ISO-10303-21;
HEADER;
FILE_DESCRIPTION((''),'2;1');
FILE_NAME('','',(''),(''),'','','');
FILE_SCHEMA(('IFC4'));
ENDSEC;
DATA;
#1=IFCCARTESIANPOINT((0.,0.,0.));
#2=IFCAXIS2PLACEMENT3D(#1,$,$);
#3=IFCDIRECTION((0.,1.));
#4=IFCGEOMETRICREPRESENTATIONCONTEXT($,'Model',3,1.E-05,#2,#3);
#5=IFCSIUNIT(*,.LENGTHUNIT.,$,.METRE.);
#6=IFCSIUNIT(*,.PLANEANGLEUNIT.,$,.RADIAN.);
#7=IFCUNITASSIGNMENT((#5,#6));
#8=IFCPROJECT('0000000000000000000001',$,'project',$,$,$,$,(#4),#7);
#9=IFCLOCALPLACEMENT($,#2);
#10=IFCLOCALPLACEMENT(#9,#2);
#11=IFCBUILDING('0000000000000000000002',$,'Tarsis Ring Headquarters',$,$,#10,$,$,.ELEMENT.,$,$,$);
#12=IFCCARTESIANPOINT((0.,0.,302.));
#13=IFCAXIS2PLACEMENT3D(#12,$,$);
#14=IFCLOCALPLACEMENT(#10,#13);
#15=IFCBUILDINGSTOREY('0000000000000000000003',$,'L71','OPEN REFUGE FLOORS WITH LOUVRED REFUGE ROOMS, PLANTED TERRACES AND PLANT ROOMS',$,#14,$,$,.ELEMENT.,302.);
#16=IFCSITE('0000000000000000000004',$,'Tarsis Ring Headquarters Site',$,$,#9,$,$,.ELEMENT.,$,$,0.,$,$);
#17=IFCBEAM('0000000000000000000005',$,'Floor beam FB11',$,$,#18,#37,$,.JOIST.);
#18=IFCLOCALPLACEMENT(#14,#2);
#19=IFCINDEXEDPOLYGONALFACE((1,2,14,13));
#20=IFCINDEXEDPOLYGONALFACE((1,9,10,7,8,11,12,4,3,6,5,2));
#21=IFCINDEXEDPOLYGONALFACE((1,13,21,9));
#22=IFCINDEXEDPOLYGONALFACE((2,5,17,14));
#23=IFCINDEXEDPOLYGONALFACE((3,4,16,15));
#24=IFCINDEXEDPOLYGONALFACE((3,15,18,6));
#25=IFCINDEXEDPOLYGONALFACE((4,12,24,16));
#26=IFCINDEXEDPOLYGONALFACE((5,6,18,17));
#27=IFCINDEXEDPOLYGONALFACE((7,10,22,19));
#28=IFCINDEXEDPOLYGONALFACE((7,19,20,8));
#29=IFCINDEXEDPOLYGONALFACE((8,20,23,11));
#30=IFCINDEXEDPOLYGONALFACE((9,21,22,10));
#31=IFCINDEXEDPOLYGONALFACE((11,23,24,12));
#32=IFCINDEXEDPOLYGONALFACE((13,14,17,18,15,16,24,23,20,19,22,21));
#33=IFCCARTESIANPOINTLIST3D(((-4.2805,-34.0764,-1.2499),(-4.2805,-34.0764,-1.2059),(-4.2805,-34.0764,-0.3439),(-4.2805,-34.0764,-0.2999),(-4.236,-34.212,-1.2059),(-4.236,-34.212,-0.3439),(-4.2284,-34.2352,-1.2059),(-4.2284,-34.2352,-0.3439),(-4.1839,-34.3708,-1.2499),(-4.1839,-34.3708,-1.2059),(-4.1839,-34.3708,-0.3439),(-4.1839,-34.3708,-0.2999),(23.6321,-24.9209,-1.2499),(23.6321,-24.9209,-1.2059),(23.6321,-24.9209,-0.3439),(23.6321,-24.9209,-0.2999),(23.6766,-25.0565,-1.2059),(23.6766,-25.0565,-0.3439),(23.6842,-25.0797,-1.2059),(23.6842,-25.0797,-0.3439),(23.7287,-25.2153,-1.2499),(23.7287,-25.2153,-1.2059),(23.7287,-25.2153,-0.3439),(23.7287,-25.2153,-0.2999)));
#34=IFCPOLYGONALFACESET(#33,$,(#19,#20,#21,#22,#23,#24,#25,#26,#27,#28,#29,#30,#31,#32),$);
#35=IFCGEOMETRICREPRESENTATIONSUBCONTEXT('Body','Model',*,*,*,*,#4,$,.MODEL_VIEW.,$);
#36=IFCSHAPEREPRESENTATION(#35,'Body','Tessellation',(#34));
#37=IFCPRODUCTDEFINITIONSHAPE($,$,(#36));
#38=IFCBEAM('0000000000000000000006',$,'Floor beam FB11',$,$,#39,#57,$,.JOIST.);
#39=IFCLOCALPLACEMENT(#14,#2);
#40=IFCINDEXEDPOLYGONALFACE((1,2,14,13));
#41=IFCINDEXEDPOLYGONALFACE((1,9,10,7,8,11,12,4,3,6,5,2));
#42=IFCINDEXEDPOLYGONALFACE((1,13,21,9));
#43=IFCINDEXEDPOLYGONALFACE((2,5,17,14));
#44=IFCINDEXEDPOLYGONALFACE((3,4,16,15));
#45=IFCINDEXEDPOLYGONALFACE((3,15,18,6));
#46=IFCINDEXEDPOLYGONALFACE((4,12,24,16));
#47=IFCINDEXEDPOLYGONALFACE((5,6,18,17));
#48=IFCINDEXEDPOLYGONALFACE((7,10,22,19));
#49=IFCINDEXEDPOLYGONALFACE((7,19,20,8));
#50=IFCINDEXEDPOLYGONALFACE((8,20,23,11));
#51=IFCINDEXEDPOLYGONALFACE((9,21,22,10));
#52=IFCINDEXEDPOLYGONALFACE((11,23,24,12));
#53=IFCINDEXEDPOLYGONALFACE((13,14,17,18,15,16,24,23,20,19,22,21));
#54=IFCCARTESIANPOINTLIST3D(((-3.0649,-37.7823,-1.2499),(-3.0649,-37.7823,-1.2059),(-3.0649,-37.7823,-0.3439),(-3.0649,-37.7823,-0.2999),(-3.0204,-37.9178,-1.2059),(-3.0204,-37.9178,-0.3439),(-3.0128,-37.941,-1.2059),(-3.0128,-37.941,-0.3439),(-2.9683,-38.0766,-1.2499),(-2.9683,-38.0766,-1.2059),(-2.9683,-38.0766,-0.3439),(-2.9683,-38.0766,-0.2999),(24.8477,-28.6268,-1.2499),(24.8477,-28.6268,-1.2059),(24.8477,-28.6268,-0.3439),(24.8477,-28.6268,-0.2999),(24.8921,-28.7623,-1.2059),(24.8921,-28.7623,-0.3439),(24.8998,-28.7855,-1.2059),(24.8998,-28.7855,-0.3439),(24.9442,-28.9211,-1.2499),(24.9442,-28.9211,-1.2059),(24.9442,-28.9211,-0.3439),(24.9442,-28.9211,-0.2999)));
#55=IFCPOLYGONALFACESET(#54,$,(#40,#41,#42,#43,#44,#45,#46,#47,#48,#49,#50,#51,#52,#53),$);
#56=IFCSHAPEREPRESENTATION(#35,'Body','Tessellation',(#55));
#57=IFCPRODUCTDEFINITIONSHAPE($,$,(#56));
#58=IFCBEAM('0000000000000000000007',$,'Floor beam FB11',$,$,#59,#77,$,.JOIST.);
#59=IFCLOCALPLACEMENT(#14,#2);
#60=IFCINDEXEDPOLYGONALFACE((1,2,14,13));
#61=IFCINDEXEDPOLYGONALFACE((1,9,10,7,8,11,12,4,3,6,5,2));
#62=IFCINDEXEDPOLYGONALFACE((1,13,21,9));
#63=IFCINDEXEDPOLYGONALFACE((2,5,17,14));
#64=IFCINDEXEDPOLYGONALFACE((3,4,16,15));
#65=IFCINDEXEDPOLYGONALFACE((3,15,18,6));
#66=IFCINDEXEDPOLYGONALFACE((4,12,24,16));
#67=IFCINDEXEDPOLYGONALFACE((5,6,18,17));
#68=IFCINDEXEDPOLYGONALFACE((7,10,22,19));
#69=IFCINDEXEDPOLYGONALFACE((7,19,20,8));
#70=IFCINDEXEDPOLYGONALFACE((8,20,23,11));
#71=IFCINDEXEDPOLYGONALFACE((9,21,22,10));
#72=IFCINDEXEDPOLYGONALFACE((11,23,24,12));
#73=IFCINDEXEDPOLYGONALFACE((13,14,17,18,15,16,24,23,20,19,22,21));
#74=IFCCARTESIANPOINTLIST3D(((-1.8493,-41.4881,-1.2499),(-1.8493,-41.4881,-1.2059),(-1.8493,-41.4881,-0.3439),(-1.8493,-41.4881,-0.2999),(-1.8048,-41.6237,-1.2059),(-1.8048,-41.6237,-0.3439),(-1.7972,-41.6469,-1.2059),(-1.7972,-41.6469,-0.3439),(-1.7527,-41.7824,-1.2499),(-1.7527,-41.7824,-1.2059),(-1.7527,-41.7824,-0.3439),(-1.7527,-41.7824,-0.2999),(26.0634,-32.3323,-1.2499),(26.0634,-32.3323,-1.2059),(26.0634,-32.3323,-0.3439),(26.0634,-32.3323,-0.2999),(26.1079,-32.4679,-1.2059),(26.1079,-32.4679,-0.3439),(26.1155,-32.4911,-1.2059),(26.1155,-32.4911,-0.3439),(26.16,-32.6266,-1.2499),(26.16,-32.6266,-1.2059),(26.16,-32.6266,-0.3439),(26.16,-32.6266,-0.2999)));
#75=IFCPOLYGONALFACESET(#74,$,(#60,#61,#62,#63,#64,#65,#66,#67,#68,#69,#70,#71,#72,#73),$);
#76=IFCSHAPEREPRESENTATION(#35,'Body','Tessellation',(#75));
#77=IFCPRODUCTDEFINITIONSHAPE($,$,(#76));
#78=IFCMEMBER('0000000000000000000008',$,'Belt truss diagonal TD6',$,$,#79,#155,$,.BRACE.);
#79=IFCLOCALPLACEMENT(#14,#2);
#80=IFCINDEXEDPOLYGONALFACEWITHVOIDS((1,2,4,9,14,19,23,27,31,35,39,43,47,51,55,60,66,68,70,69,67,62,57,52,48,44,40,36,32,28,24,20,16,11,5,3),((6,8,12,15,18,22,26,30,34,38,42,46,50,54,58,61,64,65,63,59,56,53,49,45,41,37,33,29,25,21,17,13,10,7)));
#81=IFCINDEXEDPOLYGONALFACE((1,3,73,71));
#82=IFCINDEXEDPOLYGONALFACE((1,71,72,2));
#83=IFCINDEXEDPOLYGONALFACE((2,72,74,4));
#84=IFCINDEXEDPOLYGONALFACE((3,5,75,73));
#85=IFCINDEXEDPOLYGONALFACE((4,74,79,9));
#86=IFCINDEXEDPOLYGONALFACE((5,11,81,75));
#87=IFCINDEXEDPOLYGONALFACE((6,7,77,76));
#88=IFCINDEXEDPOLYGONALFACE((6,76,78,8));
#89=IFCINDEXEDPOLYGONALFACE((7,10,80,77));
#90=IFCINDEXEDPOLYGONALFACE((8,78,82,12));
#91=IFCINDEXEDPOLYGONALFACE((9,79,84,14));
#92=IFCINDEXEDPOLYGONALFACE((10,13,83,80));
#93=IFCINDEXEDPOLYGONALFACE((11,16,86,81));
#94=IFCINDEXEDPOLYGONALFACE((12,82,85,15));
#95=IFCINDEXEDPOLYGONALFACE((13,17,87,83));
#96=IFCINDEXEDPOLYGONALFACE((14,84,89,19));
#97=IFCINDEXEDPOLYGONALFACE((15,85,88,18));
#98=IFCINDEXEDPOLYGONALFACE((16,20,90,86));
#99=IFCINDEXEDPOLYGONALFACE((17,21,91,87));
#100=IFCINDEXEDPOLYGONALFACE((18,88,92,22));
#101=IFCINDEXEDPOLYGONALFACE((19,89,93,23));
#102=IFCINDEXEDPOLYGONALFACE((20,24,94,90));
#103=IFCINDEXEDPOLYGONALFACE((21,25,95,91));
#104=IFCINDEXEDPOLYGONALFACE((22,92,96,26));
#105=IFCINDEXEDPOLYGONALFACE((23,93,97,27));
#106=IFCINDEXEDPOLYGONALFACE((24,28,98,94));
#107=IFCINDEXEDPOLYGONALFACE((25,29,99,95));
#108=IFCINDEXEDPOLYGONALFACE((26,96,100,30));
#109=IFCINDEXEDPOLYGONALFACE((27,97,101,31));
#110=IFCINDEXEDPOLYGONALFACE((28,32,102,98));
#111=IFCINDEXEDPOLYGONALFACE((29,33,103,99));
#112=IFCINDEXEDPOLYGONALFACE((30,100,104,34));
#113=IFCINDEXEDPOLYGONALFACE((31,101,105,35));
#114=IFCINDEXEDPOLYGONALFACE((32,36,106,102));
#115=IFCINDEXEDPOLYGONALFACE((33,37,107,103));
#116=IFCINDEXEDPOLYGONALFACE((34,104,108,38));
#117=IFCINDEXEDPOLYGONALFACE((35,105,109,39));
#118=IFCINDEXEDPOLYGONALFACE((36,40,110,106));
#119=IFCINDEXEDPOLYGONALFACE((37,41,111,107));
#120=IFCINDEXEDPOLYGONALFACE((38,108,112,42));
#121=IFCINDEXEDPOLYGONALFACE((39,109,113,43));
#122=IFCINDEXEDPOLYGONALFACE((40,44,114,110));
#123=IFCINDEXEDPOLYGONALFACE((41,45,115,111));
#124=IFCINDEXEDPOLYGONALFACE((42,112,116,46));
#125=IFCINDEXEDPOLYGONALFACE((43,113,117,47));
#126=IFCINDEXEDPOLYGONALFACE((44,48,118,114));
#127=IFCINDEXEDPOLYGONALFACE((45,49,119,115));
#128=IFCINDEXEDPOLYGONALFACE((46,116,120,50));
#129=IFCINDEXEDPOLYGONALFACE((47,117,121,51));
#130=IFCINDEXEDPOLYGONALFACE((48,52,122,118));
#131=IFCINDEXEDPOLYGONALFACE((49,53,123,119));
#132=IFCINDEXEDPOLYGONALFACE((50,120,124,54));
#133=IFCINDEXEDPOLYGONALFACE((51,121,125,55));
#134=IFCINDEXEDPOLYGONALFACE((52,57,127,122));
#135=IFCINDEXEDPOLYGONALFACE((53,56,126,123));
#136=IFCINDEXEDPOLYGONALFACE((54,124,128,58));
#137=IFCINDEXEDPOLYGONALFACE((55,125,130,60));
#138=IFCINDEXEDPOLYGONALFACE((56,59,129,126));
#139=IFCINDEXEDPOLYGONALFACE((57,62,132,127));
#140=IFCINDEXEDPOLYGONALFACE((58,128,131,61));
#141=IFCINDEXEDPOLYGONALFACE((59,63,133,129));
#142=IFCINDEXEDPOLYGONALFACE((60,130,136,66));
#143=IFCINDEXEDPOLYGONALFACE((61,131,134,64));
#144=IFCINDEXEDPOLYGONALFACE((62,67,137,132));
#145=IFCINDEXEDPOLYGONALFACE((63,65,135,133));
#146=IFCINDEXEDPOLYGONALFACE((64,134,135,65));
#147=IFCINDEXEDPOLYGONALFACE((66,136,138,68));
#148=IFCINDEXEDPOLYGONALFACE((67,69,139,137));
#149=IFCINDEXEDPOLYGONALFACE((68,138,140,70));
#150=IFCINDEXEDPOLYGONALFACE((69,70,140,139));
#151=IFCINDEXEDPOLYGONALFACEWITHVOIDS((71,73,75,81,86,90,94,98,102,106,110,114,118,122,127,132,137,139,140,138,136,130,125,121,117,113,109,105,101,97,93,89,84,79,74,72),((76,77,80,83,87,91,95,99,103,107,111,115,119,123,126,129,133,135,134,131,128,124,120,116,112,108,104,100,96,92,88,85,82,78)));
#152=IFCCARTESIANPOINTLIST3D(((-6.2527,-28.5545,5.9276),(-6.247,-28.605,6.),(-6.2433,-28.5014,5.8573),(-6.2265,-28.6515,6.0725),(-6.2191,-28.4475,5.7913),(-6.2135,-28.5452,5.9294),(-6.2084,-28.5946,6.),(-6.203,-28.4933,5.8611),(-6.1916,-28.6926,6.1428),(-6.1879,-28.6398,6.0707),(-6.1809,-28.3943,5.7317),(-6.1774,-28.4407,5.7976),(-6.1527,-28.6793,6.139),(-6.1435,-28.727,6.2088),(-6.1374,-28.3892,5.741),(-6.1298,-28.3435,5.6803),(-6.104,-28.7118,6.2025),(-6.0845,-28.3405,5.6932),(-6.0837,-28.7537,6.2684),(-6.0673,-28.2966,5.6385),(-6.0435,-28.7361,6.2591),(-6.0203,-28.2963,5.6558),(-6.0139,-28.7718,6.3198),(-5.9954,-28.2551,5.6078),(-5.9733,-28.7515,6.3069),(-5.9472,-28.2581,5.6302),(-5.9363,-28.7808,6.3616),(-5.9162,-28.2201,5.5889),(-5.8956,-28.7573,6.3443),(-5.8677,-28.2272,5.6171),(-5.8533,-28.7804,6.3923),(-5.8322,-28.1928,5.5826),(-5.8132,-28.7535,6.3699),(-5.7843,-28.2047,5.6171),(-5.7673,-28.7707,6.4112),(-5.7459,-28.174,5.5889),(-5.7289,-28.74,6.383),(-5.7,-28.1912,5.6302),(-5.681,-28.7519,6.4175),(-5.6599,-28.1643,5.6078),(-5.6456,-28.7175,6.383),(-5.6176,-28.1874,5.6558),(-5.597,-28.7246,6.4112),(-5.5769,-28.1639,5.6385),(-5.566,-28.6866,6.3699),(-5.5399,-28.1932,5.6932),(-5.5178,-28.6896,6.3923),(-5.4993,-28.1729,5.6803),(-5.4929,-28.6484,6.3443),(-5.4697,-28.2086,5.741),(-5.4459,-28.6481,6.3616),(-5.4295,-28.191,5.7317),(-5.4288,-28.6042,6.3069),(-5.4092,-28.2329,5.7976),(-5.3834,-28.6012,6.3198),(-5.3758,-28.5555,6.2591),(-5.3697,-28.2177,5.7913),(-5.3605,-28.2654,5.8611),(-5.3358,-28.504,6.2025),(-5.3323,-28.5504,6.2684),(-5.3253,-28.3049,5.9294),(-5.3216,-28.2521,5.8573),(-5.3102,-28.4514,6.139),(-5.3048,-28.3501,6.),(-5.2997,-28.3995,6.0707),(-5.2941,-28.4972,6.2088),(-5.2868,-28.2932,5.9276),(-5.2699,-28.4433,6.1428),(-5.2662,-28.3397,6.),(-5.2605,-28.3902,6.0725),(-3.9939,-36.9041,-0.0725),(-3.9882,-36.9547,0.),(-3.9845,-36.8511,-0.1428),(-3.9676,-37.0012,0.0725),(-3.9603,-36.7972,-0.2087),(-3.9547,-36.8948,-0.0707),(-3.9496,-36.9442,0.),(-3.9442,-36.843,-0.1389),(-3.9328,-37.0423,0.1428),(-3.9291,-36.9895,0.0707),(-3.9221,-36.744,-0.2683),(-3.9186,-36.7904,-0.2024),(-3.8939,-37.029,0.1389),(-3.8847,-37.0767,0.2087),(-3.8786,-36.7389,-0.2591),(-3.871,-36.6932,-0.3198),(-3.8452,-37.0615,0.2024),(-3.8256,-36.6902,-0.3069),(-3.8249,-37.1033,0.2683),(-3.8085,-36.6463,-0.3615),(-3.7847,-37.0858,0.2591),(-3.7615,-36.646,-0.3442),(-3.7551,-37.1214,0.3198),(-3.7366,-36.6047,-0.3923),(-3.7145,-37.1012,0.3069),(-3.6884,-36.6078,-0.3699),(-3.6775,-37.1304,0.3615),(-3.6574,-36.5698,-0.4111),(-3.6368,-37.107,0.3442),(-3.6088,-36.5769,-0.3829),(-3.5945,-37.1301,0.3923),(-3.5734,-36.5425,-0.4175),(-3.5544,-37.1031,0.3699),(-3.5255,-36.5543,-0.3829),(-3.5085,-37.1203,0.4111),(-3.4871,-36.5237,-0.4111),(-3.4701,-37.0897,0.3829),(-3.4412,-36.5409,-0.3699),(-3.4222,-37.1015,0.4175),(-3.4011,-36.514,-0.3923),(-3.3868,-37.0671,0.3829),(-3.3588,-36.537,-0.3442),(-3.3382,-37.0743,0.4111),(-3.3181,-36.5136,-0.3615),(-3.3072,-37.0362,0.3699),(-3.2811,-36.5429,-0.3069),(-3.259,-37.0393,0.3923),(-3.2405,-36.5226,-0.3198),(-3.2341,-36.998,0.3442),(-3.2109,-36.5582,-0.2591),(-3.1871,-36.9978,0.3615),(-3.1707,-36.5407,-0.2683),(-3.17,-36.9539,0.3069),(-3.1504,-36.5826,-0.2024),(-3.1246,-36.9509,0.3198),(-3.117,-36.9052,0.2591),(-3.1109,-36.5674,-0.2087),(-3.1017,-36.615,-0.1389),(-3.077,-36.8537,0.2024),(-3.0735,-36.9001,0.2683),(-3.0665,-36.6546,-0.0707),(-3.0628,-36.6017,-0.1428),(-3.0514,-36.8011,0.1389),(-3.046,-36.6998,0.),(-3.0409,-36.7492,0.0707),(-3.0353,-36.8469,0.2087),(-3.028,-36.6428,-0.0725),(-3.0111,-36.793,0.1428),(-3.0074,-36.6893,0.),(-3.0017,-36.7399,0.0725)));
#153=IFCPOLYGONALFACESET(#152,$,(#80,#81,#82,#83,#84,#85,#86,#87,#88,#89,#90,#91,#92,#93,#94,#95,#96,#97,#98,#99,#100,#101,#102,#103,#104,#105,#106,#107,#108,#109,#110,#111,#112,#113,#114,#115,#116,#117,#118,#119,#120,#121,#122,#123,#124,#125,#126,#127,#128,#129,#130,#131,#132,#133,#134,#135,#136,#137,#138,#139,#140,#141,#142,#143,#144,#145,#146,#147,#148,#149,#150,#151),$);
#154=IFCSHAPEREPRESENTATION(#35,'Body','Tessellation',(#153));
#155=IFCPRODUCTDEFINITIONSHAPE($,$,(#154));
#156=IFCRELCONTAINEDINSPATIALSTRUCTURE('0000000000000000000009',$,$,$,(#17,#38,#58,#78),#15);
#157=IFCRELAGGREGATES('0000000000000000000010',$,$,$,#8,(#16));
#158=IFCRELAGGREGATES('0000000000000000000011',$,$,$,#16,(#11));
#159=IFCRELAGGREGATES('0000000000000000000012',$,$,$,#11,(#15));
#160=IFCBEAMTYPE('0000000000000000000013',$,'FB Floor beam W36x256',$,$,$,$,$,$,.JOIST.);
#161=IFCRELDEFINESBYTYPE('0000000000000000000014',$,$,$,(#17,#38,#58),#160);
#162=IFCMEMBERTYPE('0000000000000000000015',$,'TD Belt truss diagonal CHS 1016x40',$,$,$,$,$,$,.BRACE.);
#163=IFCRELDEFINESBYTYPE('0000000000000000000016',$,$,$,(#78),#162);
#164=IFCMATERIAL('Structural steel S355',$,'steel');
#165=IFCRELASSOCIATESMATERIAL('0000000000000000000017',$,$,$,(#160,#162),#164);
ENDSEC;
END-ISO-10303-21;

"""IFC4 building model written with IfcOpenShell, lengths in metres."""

from ifc_helpers import new_model, si_unit, direction, frame, origin, origin_2d, place, context, subcontext, project, spatial, hollow_circle, i_section, extrude, material, material_profile, profile_set, type_object, element, save


model = new_model("IFC4")

# Units and contexts
model_context = context("Model", 3, precision=1e-05, world=origin(), true_north=direction((0.0, 1.0)))
body_context = subcontext(model_context, "Body", "Model", "MODEL_VIEW")
ifc_project = project(units=[si_unit("LENGTHUNIT", "METRE"), si_unit("PLANEANGLEUNIT", "RADIAN")], contexts=[model_context])

# Site, building, storey
site_placement = place(None, origin())
site = spatial("IfcSite", under=ifc_project, at=site_placement, Name="Tarsis Ring Headquarters Site", CompositionType="ELEMENT", RefElevation=0.0)
building_placement = place(site_placement, origin())
building = spatial("IfcBuilding", under=site, at=building_placement, Name="Tarsis Ring Headquarters", CompositionType="ELEMENT")
storey_placement = place(building_placement, frame((0.0, 0.0, 302.0)))
storey = spatial("IfcBuildingStorey", under=building, at=storey_placement, Name="L71", Description="OPEN REFUGE FLOORS WITH LOUVRED REFUGE ROOMS, PLANTED TERRACES AND PLANT ROOMS", CompositionType="ELEMENT", Elevation=302.0)

# Shared definitions
ifc_material_1 = material(Name="Structural steel S355", Category="steel")
ifc_material_profile_1 = material_profile(ifc_material_1, hollow_circle(Radius=0.5081, WallThickness=0.04, at=origin_2d()), Name="CHS 1016x40")
ifc_profile_set_1 = profile_set([ifc_material_profile_1], Name="Structural steel S355")

# Beams
ifc_material_profile_2 = material_profile(ifc_material_1, i_section(OverallWidth=0.3098, OverallDepth=0.95, WebThickness=0.0244, FlangeThickness=0.0439, at=origin_2d()), Name="W36x256")
ifc_profile_set_2 = profile_set([ifc_material_profile_2], Name="Structural steel S355")
beam_type_1 = type_object("IfcBeamType", Name="FB Floor beam W36x256", PredefinedType="JOIST", material=ifc_profile_set_2)
for number, where, z_axis, x_axis, name in (
    (1, (-4.2322, -34.2236, -0.7749), (0.950191, 0.311669, 0.0), (-0.311669, 0.950191, 0.0), "Floor beam FB11"),
    (2, (-3.0166, -37.9294, -0.7749), (0.950191, 0.311669, 0.0), (-0.311669, 0.950191, 0.0), "Floor beam FB11"),
):
    element("IfcBeam", number, at=place(storey_placement, frame(where, z_axis=z_axis, x_axis=x_axis)), inside=storey, type_object=beam_type_1, Name=name, PredefinedType="JOIST", context=body_context, shape_type="SweptSolid", body=[
        extrude(i_section(OverallWidth=0.3098, OverallDepth=0.95, WebThickness=0.0244, FlangeThickness=0.0439, at=origin_2d()), origin(), (0.0, 0.0, 1.0), 29.3757),
    ])
beam_1_placement = place(storey_placement, frame((-1.801, -41.6353, -0.7749), z_axis=(0.950188, 0.311676, 0.0), x_axis=(-0.311676, 0.950188, 0.0)))
element("IfcBeam", 3, at=beam_1_placement, inside=storey, type_object=beam_type_1, Name="Floor beam FB11", PredefinedType="JOIST", context=body_context, shape_type="SweptSolid", body=[
    extrude(i_section(OverallWidth=0.3098, OverallDepth=0.95, WebThickness=0.0244, FlangeThickness=0.0439, at=origin_2d()), origin(), (0.0, 0.0, 1.0), 29.376),
])

# Member
member_type = type_object("IfcMemberType", Name="TD Belt truss diagonal CHS 1016x40", PredefinedType="BRACE", material=ifc_profile_set_1)
member_1_placement = place(storey_placement, frame((-3.4978, -36.822, 0.0), z_axis=(-0.214571, 0.79316, 0.569962), x_axis=(-0.965301, -0.261139, 0.0)))
element("IfcMember", 4, at=member_1_placement, inside=storey, type_object=member_type, Name="Belt truss diagonal TD6", PredefinedType="BRACE", context=body_context, shape_type="SweptSolid", body=[
    extrude(hollow_circle(Radius=0.5081, WallThickness=0.04, at=origin_2d()), origin(), (0.0, 0.0, 1.0), 10.5271),
])

save(model, "model.ifc")
